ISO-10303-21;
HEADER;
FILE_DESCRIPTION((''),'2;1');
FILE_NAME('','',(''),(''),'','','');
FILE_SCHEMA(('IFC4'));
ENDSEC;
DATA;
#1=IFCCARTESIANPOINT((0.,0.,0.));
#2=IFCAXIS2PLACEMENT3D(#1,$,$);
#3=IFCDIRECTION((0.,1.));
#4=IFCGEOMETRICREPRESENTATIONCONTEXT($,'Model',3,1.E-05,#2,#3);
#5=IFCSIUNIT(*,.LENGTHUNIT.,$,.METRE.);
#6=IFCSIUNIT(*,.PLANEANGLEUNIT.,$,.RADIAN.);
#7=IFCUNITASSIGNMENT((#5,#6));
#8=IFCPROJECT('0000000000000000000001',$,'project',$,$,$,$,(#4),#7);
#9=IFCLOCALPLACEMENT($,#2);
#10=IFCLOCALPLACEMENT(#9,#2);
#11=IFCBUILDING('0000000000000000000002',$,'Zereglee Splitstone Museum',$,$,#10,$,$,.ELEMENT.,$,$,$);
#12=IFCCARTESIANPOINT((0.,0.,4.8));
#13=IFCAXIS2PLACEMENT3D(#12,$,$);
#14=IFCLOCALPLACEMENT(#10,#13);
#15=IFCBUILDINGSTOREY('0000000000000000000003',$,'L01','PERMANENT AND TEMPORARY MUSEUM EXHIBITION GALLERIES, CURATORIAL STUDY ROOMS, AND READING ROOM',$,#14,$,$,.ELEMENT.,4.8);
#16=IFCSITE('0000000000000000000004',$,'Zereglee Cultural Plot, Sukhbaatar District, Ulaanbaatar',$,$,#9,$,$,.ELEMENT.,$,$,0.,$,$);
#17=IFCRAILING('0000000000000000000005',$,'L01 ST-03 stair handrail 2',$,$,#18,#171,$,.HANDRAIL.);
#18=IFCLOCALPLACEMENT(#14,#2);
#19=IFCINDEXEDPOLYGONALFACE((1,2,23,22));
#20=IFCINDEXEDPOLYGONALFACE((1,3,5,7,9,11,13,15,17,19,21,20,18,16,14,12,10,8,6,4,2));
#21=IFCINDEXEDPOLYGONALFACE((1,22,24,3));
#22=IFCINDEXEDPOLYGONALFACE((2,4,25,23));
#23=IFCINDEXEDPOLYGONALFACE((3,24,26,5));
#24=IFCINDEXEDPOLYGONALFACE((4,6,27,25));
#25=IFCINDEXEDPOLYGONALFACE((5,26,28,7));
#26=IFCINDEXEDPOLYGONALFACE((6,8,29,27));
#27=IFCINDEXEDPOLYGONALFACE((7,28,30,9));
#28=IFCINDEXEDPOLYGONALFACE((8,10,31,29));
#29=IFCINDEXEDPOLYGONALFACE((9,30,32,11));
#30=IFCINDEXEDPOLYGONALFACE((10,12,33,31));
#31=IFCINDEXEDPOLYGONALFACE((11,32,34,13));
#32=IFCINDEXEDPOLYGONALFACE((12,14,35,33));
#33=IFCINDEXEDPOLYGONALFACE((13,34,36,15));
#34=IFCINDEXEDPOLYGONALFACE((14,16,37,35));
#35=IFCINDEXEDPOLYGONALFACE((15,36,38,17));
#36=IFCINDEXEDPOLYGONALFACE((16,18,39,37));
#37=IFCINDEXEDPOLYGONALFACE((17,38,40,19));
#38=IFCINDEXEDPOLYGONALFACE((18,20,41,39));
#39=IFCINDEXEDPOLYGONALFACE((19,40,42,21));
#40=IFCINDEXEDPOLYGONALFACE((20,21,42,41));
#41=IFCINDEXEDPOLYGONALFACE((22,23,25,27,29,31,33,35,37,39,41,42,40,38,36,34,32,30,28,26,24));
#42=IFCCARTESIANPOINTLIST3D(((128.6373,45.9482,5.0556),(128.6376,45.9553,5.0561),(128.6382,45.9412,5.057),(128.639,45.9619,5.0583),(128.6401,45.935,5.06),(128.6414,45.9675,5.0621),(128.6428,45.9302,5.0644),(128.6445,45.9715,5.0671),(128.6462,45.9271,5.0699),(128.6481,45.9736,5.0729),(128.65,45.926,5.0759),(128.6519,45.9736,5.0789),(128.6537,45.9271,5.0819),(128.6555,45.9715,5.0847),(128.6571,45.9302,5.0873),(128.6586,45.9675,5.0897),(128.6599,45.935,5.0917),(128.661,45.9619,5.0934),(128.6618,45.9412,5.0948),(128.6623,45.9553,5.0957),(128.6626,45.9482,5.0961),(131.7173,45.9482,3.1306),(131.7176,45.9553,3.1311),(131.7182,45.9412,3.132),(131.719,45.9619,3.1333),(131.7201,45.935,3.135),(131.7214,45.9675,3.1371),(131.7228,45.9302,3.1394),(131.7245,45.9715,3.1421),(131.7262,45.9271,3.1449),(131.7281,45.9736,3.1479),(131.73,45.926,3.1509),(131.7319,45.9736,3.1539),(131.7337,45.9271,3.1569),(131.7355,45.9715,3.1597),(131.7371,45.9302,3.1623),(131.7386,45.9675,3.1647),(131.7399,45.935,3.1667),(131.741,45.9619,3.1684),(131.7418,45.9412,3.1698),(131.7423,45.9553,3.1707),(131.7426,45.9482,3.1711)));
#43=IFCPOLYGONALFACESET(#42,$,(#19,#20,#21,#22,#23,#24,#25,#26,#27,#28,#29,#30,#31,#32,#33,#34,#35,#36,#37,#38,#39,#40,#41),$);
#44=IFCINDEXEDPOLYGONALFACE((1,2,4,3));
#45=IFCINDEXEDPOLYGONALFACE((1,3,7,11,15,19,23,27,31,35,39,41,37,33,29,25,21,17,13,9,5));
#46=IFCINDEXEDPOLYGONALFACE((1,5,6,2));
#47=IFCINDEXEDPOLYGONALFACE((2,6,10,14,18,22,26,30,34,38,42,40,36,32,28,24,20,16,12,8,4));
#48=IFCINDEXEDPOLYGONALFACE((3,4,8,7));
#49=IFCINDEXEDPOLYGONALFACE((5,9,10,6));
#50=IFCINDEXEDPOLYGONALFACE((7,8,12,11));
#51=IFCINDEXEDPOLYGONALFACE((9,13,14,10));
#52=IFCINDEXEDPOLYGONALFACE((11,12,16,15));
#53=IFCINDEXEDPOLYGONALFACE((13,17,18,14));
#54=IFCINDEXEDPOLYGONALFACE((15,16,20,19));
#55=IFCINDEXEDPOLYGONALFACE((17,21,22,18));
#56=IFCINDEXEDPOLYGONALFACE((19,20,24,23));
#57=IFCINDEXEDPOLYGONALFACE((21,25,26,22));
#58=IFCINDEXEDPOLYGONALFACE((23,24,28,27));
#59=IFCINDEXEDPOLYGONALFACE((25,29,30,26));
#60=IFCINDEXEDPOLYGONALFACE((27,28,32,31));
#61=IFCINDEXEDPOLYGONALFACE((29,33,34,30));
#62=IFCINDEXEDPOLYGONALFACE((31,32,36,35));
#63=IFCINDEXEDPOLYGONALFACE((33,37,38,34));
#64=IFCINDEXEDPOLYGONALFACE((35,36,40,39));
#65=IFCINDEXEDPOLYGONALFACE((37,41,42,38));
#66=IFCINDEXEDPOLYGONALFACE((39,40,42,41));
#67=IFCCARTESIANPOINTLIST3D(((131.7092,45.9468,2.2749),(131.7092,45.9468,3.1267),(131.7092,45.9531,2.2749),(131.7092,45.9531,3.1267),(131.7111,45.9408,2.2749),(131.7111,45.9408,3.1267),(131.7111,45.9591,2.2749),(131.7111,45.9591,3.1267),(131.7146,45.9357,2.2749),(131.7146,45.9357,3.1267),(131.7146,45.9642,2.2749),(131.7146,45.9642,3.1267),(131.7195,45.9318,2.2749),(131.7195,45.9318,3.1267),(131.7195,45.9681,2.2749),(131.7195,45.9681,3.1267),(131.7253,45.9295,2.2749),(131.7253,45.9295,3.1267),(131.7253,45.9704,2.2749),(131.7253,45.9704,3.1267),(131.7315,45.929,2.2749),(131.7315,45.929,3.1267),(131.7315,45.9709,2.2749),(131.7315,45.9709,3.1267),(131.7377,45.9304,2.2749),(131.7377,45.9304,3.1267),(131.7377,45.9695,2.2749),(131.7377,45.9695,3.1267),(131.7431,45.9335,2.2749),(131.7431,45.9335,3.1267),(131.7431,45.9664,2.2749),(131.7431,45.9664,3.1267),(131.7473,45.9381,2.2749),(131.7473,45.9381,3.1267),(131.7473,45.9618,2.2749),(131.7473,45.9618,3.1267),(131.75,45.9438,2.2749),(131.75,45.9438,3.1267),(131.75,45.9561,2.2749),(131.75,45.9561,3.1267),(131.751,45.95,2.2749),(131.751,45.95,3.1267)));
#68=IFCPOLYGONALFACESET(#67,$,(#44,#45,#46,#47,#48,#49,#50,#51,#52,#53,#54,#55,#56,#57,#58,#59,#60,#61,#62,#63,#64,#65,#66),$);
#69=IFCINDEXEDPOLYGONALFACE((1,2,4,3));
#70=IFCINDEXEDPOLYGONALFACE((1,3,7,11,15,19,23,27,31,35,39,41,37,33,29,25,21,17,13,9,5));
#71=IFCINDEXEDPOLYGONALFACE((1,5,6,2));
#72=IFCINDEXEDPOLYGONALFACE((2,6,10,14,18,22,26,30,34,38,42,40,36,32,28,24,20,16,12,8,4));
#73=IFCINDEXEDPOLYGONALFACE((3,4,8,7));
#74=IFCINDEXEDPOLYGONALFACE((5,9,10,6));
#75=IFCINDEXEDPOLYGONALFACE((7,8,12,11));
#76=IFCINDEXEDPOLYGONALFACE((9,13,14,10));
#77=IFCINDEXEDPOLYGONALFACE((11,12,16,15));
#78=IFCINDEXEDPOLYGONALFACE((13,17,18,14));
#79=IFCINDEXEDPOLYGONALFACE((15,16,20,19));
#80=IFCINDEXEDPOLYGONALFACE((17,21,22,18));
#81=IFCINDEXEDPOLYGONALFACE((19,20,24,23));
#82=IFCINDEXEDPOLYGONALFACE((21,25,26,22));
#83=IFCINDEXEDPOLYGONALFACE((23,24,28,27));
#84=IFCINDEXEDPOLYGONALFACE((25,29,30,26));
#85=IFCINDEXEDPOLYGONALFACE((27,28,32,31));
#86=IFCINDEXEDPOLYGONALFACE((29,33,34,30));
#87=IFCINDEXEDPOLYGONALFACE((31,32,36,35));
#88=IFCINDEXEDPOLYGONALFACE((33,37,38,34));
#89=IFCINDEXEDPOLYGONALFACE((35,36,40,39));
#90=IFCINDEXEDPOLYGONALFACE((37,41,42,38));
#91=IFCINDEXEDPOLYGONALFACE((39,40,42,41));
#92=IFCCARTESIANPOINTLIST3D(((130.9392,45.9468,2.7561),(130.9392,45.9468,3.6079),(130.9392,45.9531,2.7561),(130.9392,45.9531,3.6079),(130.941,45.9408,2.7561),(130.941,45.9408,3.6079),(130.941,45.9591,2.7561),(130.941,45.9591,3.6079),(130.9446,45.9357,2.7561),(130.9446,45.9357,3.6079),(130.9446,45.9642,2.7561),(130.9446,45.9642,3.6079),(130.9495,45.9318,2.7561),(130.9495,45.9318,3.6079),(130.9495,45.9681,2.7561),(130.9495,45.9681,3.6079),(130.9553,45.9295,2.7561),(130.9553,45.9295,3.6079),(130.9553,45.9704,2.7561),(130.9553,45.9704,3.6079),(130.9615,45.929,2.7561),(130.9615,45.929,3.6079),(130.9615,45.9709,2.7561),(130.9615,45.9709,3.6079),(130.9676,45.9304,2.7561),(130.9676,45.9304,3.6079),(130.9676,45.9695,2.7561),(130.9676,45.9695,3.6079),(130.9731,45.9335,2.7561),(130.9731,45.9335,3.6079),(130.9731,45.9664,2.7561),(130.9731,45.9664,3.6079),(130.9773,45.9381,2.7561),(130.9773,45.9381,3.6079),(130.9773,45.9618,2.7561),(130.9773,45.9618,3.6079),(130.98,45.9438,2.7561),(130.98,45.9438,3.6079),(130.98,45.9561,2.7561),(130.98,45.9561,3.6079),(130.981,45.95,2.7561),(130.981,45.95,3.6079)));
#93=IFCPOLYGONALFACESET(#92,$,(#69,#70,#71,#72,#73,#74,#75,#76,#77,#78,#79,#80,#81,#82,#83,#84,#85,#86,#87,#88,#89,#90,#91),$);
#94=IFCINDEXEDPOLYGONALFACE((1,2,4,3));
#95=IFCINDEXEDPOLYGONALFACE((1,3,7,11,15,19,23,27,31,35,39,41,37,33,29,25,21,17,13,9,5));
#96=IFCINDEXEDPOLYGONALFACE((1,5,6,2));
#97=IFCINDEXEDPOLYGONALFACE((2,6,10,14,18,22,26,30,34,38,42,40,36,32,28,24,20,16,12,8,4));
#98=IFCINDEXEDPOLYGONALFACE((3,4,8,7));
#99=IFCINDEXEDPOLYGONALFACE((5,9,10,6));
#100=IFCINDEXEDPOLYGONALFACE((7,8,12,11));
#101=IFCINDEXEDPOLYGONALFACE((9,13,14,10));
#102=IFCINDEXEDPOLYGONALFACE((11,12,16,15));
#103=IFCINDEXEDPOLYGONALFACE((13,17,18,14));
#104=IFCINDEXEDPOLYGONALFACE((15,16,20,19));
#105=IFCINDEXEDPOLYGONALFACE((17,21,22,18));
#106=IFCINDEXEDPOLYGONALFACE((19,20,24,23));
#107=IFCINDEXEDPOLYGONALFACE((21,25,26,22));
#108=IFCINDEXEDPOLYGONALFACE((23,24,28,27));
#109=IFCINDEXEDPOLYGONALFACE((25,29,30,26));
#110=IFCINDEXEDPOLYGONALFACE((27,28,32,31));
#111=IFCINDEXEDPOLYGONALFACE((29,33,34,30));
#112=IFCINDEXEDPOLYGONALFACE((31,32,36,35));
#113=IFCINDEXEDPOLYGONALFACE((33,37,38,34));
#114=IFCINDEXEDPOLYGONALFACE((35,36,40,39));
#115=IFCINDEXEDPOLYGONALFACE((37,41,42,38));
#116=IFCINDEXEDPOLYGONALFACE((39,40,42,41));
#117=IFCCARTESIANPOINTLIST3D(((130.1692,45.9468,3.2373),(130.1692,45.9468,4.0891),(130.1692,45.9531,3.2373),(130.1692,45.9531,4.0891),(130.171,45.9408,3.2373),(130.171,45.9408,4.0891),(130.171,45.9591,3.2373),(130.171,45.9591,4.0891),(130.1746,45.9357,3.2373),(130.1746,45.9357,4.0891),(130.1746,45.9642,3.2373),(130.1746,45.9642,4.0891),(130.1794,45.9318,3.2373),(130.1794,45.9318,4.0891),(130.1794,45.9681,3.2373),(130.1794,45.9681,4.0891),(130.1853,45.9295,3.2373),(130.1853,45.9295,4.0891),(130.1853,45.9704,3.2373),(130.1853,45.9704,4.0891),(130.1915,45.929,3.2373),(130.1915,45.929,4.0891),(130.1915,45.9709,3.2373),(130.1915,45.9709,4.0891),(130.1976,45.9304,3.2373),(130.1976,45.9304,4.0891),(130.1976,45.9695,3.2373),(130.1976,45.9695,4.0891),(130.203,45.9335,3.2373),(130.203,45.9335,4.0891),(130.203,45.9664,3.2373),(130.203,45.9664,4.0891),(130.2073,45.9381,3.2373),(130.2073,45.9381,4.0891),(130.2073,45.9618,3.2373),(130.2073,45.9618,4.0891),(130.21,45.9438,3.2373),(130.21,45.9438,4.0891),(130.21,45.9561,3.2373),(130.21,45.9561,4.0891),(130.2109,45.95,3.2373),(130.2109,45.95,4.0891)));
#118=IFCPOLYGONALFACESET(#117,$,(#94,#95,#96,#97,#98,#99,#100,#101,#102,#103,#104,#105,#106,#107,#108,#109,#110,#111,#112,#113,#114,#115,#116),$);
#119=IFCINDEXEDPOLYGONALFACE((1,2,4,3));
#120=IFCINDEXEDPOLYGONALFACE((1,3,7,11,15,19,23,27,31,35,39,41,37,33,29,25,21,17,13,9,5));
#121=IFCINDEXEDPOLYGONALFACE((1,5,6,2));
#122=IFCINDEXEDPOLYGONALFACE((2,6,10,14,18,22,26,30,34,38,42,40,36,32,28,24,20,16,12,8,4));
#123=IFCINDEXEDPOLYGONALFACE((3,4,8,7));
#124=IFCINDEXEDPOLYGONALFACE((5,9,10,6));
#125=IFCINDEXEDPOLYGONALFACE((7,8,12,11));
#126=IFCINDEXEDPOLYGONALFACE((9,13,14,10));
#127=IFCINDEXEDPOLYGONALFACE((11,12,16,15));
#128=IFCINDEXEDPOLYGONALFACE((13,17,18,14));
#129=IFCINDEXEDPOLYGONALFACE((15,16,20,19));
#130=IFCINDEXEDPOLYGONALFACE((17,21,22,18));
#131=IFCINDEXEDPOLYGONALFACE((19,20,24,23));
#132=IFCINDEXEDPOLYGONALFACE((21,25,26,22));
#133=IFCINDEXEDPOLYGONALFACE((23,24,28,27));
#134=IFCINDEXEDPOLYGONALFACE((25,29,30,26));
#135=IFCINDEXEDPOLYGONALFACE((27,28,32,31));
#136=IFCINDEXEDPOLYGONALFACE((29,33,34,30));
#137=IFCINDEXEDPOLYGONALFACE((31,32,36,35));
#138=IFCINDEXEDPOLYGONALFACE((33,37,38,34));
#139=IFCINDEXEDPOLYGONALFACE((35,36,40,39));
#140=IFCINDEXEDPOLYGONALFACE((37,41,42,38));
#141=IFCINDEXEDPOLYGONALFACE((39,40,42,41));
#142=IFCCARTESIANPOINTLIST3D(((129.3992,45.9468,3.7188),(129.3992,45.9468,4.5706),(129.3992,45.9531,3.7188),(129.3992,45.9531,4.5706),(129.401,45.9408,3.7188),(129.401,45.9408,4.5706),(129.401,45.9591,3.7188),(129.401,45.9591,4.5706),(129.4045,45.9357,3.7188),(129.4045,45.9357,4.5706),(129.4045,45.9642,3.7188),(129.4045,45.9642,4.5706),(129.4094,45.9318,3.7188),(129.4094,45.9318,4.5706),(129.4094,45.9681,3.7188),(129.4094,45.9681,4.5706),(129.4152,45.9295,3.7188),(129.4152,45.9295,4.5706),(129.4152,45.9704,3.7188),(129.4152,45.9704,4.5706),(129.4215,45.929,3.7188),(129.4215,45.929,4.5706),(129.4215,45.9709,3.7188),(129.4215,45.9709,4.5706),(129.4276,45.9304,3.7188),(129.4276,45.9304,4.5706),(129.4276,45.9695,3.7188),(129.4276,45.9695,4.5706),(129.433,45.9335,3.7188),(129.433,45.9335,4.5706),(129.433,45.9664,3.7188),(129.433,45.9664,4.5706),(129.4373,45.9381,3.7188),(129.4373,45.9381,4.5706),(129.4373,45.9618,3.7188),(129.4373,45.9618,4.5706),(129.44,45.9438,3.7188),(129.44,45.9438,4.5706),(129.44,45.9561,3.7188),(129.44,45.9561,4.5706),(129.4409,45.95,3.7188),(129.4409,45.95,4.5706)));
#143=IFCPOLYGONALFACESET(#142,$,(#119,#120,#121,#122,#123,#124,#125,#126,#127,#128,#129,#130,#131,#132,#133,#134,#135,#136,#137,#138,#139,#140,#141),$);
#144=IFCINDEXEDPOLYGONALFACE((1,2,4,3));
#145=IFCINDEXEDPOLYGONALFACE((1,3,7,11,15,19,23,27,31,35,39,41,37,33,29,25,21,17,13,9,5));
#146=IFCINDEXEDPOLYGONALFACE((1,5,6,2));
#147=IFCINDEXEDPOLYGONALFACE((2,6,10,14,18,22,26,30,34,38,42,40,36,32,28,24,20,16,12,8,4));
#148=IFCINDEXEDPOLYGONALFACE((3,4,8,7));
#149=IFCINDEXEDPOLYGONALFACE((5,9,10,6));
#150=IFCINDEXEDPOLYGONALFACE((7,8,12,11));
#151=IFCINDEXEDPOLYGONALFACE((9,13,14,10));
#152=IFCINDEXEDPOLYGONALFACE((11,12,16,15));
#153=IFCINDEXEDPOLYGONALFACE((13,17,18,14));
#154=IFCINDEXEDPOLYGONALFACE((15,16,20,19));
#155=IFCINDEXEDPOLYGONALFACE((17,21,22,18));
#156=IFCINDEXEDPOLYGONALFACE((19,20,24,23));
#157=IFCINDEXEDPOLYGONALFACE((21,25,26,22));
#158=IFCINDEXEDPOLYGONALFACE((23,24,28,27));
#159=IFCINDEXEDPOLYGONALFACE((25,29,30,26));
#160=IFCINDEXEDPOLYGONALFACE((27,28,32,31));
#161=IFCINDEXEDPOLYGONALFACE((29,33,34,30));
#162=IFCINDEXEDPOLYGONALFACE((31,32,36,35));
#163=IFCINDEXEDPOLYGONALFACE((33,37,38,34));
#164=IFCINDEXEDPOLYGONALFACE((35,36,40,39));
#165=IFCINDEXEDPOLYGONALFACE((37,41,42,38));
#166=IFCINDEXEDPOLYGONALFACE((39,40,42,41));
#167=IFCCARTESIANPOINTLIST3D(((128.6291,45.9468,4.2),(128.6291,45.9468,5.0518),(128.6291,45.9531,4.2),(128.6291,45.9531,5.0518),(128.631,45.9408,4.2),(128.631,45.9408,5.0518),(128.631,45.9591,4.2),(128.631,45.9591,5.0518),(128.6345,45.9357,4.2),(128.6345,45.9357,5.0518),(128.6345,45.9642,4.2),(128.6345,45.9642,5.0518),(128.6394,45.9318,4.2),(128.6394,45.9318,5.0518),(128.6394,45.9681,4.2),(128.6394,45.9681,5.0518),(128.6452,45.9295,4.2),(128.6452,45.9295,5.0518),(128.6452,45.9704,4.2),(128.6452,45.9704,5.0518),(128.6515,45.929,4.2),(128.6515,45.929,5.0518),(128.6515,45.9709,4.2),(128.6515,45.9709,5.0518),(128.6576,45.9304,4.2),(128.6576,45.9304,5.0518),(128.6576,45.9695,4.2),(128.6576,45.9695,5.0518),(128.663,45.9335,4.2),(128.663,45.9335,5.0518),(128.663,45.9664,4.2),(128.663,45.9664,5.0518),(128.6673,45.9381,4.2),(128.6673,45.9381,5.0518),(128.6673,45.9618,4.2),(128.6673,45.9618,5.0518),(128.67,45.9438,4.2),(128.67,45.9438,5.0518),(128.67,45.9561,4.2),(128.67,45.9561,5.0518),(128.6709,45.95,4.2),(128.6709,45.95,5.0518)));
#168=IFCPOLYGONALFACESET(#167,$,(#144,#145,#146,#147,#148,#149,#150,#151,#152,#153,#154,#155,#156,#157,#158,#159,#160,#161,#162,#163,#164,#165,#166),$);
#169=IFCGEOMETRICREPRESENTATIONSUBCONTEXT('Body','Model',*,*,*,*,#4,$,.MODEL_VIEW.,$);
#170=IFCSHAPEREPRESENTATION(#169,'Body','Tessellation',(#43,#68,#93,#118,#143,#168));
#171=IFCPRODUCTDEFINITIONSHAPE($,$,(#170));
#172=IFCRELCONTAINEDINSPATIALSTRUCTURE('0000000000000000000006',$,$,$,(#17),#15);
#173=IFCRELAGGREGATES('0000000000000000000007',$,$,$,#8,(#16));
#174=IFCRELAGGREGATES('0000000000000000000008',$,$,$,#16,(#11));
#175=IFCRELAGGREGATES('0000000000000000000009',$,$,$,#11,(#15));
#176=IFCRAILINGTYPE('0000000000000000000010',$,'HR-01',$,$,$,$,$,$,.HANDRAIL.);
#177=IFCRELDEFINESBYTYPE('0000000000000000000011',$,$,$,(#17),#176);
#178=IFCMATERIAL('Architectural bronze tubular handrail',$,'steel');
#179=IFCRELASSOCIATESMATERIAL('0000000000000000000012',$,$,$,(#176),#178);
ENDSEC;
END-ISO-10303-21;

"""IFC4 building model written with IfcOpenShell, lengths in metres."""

from ifc_helpers import new_model, si_unit, direction, frame, origin, origin_2d, place, context, subcontext, project, spatial, circle, extrude, material, type_object, element, save


model = new_model("IFC4")

# Units and contexts
model_context = context("Model", 3, precision=1e-05, world=origin(), true_north=direction((0.0, 1.0)))
body_context = subcontext(model_context, "Body", "Model", "MODEL_VIEW")
ifc_project = project(units=[si_unit("LENGTHUNIT", "METRE"), si_unit("PLANEANGLEUNIT", "RADIAN")], contexts=[model_context])

# Site, building, storey
site_placement = place(None, origin())
site = spatial("IfcSite", under=ifc_project, at=site_placement, Name="Zereglee Cultural Plot, Sukhbaatar District, Ulaanbaatar", CompositionType="ELEMENT", RefElevation=0.0)
building_placement = place(site_placement, origin())
building = spatial("IfcBuilding", under=site, at=building_placement, Name="Zereglee Splitstone Museum", CompositionType="ELEMENT")
storey_placement = place(building_placement, frame((0.0, 0.0, 4.8)))
storey = spatial("IfcBuildingStorey", under=building, at=storey_placement, Name="L01", Description="PERMANENT AND TEMPORARY MUSEUM EXHIBITION GALLERIES, CURATORIAL STUDY ROOMS, AND READING ROOM", CompositionType="ELEMENT", Elevation=4.8)

# Railing
ifc_material_1 = material(Name="Architectural bronze tubular handrail", Category="steel")
railing_type_1 = type_object("IfcRailingType", Name="HR-01", PredefinedType="HANDRAIL", material=ifc_material_1)
railing_1_placement = place(storey_placement, frame((131.73, 45.95, 2.2749)))
element("IfcRailing", 1, at=railing_1_placement, inside=storey, type_object=railing_type_1, Name="L01 ST-03 stair handrail 2", PredefinedType="HANDRAIL", context=body_context, shape_type="SweptSolid", body=[
    extrude(circle(Radius=0.0239, at=origin_2d()), frame((0.0, 0.0, 0.876), z_axis=(-0.847998, 0.0, 0.529999), x_axis=(0.0, -1.0, 0.0)), (0.0, 0.0, 1.0), 3.6321),
    extrude(circle(Radius=0.021, at=origin_2d()), origin(), (0.0, 0.0, 1.0), 0.8518),
    extrude(circle(Radius=0.021, at=origin_2d()), frame((-0.77, 0.0, 0.4812)), (0.0, 0.0, 1.0), 0.8518),
    extrude(circle(Radius=0.021, at=origin_2d()), frame((-1.54, 0.0, 0.9624)), (0.0, 0.0, 1.0), 0.8518),
    extrude(circle(Radius=0.021, at=origin_2d()), frame((-2.3101, 0.0, 1.4438)), (0.0, 0.0, 1.0), 0.8518),
    extrude(circle(Radius=0.021, at=origin_2d()), frame((-3.0801, 0.0, 1.925)), (0.0, 0.0, 1.0), 0.8518),
])

save(model, "model.ifc")
